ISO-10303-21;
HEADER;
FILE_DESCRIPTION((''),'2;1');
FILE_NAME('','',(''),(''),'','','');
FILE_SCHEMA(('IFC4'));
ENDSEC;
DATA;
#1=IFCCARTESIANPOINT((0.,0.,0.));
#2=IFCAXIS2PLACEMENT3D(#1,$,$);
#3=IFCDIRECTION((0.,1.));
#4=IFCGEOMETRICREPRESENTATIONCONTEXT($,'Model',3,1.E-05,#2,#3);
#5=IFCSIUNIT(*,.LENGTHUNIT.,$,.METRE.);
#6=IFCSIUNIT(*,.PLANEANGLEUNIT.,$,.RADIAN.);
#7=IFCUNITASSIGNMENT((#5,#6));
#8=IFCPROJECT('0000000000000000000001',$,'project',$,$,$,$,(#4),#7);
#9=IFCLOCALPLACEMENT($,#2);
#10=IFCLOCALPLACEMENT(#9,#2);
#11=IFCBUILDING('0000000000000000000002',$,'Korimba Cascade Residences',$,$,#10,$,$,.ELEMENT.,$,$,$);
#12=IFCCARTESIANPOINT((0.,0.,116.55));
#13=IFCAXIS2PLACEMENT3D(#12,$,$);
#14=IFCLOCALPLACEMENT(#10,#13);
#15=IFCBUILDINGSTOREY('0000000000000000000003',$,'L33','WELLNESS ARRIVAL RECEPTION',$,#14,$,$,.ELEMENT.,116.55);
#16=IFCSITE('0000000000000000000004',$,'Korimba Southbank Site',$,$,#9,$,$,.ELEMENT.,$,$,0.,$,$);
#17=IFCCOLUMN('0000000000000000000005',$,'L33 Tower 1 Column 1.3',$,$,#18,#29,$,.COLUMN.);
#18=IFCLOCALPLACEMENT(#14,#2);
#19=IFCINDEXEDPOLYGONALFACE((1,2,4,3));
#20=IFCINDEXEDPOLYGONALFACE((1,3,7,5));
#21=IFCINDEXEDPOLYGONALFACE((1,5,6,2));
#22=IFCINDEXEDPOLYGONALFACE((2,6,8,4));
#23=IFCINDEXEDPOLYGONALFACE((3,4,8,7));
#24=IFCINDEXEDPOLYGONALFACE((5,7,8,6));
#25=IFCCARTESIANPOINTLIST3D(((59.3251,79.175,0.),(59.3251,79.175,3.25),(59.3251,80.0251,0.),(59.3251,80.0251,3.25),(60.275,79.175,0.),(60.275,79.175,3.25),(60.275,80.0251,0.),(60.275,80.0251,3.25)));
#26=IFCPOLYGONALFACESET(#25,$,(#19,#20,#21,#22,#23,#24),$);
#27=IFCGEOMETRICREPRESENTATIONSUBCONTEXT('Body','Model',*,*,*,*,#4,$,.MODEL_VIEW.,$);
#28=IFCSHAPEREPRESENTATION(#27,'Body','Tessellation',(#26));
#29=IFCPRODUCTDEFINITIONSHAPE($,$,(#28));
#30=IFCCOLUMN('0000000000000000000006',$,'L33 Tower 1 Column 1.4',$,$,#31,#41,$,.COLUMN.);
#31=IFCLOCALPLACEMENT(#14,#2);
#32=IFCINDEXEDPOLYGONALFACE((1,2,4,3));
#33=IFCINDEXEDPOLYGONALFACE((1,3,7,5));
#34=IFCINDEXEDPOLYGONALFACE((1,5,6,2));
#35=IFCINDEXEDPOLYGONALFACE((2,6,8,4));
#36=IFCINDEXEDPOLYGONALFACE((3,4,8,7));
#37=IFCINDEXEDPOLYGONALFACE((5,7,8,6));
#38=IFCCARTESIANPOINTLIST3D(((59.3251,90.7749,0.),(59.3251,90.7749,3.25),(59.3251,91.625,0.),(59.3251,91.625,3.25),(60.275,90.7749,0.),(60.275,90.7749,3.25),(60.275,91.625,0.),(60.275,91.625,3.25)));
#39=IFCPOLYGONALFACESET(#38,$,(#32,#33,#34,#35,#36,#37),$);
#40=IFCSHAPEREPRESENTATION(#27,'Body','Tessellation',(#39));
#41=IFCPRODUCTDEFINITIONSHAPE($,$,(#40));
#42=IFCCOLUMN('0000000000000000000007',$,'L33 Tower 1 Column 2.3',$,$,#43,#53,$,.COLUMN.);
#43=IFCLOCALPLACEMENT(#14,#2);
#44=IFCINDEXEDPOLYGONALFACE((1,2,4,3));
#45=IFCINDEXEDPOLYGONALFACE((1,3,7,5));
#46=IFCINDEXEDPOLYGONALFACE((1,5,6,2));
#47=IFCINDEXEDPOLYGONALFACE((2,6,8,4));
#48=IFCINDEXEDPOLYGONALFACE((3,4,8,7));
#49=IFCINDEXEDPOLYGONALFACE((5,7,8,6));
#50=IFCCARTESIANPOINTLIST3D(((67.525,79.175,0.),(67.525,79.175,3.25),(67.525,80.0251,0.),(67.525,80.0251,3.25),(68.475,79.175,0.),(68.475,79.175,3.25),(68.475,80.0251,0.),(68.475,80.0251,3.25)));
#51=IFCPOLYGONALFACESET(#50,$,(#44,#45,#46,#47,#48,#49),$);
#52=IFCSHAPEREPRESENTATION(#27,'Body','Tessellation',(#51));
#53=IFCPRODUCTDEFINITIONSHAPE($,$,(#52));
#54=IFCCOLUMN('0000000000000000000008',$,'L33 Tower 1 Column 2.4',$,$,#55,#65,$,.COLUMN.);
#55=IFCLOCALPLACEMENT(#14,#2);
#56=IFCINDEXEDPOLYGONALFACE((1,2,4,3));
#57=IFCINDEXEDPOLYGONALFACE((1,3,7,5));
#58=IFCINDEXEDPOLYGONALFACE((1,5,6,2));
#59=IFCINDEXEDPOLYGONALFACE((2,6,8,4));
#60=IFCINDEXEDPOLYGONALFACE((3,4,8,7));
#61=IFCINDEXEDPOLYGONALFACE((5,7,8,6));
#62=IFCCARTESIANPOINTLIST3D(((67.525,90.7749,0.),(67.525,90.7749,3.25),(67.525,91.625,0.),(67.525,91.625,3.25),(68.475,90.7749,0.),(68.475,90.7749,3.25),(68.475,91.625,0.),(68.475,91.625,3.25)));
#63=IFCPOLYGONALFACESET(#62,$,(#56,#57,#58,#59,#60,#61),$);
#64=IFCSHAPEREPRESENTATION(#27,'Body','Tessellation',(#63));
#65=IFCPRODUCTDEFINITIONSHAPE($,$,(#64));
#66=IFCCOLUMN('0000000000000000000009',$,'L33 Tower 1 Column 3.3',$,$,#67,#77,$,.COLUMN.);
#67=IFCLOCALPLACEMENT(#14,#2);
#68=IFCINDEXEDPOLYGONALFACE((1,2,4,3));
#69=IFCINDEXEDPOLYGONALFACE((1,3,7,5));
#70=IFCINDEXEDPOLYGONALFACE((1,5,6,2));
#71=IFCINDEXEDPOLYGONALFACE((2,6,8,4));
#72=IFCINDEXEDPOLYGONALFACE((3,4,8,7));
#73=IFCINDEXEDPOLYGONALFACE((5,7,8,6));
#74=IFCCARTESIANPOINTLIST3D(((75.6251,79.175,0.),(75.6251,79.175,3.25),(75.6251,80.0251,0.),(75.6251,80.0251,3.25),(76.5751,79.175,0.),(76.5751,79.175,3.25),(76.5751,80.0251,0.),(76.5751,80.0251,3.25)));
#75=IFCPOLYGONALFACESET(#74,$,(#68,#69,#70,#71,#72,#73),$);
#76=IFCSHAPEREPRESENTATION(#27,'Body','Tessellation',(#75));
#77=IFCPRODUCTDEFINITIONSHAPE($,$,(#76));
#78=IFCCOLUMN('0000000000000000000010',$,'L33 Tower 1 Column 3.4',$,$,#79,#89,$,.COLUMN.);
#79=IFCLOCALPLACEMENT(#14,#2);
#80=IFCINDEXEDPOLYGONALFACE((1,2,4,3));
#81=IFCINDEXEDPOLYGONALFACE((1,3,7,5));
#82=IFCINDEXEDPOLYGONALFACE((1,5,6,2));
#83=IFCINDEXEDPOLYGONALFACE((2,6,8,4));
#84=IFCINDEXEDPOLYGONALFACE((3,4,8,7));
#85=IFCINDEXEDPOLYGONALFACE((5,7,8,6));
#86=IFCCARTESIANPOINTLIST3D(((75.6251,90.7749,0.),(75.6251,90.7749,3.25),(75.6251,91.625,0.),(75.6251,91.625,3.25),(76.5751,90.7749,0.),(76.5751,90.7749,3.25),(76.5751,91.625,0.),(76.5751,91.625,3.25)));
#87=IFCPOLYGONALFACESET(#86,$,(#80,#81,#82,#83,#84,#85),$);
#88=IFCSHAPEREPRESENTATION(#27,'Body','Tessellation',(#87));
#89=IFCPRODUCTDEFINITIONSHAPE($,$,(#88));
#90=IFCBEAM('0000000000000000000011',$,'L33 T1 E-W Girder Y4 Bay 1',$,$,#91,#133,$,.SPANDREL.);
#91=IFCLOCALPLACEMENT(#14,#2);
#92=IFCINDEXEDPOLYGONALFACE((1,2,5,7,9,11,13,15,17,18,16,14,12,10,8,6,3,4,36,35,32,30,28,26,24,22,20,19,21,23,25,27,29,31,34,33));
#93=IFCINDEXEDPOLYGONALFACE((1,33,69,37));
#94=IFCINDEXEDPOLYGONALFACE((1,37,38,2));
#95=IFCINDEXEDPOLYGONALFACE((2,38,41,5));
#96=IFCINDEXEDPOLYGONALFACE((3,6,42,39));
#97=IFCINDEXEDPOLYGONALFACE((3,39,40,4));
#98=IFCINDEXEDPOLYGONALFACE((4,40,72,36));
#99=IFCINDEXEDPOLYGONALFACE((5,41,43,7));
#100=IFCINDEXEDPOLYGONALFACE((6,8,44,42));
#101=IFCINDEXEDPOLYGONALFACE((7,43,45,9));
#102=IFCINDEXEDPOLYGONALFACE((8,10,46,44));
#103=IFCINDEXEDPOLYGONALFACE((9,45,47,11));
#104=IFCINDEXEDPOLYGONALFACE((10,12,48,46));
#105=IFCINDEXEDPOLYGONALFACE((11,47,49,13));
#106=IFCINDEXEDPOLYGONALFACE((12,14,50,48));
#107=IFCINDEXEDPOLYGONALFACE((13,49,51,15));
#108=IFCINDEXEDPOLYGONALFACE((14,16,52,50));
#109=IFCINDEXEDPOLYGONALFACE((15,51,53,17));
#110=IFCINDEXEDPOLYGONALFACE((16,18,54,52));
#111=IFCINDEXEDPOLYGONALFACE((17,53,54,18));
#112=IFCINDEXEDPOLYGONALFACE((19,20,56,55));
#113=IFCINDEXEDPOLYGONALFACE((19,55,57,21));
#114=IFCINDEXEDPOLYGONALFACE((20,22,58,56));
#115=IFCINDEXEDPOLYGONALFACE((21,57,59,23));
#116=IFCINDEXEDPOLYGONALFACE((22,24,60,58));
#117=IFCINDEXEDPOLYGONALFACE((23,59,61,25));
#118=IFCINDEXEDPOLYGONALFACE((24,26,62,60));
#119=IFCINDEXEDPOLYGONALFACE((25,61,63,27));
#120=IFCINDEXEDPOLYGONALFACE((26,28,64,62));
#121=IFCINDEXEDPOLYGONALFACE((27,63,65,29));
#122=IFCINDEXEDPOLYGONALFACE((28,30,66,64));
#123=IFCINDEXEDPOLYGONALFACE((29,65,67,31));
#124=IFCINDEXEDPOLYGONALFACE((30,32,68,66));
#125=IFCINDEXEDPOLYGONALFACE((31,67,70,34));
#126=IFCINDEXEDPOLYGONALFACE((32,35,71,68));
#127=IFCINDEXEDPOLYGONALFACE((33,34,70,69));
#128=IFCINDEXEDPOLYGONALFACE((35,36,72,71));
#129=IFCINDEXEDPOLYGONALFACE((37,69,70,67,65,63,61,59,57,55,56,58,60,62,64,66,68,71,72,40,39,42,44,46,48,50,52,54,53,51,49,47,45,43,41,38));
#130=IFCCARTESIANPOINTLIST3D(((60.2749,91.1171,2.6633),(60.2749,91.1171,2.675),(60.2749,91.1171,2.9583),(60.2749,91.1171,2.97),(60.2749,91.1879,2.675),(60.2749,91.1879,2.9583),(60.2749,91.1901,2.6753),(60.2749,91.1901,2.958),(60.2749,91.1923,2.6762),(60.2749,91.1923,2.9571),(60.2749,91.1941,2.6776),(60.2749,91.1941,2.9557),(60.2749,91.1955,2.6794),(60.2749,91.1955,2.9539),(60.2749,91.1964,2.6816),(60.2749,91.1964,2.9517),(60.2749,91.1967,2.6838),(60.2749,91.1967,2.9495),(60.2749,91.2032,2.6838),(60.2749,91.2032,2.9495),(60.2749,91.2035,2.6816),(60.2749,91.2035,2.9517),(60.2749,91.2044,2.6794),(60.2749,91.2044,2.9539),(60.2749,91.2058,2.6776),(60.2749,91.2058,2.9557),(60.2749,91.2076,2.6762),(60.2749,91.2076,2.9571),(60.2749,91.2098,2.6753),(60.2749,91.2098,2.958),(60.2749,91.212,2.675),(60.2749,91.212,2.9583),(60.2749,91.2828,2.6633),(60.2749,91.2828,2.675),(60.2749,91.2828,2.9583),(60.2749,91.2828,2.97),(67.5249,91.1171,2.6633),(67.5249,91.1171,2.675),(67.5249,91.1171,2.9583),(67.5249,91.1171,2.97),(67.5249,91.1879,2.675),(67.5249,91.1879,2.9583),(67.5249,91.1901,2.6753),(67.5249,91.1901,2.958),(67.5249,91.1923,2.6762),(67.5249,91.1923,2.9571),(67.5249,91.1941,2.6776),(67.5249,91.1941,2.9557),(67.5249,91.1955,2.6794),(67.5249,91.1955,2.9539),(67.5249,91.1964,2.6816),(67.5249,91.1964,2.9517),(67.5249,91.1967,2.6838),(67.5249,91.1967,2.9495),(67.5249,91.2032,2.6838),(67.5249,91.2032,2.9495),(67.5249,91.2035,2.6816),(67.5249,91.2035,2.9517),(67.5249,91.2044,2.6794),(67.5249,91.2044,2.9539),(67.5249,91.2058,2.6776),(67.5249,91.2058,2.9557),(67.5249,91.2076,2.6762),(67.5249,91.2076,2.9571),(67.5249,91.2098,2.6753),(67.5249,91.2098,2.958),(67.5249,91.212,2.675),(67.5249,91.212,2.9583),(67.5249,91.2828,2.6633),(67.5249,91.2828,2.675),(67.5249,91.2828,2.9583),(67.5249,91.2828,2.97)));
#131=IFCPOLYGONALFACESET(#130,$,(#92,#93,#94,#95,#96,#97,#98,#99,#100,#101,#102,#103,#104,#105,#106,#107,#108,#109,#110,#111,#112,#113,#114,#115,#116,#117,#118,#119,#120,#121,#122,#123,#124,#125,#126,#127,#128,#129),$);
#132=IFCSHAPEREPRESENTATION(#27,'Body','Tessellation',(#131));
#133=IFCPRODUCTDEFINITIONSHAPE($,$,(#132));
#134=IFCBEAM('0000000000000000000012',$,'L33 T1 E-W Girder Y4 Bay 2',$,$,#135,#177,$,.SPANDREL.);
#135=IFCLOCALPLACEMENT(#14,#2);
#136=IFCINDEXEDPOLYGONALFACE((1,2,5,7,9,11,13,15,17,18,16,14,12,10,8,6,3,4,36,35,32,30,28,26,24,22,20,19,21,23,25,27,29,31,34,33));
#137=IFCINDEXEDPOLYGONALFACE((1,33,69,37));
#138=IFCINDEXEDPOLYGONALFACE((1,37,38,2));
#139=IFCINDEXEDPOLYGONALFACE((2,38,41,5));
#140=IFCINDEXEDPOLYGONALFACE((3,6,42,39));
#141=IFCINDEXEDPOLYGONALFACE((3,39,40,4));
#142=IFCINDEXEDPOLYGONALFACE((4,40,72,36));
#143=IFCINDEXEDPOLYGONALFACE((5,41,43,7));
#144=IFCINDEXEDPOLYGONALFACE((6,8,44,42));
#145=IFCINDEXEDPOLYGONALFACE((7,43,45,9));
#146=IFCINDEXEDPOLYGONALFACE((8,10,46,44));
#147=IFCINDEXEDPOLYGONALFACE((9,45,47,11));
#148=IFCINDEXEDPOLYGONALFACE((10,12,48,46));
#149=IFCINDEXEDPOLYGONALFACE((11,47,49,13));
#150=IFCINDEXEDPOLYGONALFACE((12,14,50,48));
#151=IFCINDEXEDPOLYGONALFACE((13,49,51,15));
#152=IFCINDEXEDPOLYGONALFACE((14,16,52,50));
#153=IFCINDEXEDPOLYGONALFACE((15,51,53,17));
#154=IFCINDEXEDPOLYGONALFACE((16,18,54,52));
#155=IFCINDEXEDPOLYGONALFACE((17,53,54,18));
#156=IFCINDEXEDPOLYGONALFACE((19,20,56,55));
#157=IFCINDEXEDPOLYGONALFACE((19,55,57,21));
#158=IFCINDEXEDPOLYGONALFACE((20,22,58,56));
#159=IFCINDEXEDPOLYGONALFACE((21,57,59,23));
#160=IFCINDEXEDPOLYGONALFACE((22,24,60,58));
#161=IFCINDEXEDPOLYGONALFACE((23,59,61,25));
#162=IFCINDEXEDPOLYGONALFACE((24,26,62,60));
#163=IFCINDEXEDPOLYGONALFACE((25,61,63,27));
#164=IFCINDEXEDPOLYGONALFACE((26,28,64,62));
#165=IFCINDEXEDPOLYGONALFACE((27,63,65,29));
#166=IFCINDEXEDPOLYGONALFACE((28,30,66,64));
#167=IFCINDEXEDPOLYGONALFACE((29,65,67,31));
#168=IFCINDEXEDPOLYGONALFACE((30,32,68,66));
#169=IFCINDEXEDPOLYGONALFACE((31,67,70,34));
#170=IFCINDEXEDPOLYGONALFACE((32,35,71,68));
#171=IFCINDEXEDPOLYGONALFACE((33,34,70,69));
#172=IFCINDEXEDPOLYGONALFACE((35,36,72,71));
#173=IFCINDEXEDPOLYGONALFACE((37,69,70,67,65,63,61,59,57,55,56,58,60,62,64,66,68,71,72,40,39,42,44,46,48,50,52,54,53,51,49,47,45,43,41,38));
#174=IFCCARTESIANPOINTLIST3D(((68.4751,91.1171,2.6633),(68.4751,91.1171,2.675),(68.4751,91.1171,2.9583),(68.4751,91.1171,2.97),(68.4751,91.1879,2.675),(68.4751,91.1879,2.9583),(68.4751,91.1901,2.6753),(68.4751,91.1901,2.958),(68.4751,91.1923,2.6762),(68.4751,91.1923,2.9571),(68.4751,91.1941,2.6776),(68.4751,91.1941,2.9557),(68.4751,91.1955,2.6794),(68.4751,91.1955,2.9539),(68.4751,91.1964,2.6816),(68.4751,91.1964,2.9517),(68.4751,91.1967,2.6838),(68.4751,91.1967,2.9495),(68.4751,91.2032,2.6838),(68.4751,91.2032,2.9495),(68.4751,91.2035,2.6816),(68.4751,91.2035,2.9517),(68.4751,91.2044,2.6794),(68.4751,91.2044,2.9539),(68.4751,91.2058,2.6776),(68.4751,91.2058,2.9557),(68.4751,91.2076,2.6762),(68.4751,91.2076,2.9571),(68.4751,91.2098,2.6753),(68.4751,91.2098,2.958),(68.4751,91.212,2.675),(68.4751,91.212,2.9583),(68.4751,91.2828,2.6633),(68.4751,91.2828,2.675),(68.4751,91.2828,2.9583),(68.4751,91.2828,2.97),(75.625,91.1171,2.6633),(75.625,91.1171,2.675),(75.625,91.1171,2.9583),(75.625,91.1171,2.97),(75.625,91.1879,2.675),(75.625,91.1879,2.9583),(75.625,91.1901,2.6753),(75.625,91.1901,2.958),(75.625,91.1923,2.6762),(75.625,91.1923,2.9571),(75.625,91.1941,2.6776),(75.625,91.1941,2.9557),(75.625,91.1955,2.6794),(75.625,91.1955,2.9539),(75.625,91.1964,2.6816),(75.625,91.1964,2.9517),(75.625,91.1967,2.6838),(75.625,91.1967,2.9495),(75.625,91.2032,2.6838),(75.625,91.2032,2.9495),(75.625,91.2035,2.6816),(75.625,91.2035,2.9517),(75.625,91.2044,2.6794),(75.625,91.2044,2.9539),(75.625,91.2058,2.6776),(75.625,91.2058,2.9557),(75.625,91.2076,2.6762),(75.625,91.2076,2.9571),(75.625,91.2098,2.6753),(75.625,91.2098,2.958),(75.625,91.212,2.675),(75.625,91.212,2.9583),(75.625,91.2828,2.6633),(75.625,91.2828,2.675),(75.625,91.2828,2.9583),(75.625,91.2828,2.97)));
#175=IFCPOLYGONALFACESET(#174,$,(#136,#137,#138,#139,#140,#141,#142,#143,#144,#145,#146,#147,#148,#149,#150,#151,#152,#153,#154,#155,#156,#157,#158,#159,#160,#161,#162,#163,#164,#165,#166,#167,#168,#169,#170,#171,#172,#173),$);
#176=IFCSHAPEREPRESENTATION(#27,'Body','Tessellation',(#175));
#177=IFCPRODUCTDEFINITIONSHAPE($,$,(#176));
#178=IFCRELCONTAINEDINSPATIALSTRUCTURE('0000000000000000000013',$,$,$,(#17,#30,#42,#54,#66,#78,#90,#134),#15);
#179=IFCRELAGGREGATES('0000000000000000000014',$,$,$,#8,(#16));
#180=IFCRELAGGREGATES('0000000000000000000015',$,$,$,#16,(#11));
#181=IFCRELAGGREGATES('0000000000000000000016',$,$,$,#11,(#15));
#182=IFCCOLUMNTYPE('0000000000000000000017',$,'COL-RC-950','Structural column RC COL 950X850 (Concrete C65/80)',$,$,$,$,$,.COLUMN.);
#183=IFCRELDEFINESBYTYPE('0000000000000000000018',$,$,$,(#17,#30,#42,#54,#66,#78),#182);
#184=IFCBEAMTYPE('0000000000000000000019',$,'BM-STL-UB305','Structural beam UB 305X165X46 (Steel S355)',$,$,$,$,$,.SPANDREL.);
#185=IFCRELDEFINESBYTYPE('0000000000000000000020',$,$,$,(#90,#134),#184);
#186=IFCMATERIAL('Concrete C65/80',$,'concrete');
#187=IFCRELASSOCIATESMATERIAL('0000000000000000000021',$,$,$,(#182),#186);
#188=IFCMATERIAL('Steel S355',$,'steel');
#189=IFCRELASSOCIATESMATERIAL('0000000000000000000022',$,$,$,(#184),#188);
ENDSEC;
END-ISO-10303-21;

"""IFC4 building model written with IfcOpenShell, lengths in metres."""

from ifc_helpers import new_model, si_unit, direction, frame, origin, origin_2d, place, context, subcontext, project, spatial, rectangle, i_section, extrude, material, material_profile, profile_set, type_object, element, save


model = new_model("IFC4")

# Units and contexts
model_context = context("Model", 3, precision=1e-05, world=origin(), true_north=direction((0.0, 1.0)))
body_context = subcontext(model_context, "Body", "Model", "MODEL_VIEW")
ifc_project = project(units=[si_unit("LENGTHUNIT", "METRE"), si_unit("PLANEANGLEUNIT", "RADIAN")], contexts=[model_context])

# Site, building, storey
site_placement = place(None, origin())
site = spatial("IfcSite", under=ifc_project, at=site_placement, Name="Korimba Southbank Site", CompositionType="ELEMENT", RefElevation=0.0)
building_placement = place(site_placement, origin())
building = spatial("IfcBuilding", under=site, at=building_placement, Name="Korimba Cascade Residences", CompositionType="ELEMENT")
storey_placement = place(building_placement, frame((0.0, 0.0, 116.55)))
storey = spatial("IfcBuildingStorey", under=building, at=storey_placement, Name="L33", Description="WELLNESS ARRIVAL RECEPTION", CompositionType="ELEMENT", Elevation=116.55)

# Columns
ifc_material_1 = material(Name="Concrete C65/80", Category="concrete")
ifc_material_profile_1 = material_profile(ifc_material_1, rectangle(XDim=0.95, YDim=0.8501, at=origin_2d()), Name="Concrete C65/80")
ifc_profile_set_1 = profile_set([ifc_material_profile_1], Name="Concrete C65/80")
column_type = type_object("IfcColumnType", Name="COL-RC-950", Description="Structural column RC COL 950X850 (Concrete C65/80)", PredefinedType="COLUMN", material=ifc_profile_set_1)
for number, where, z_axis, x_axis, name in (
    (1, (59.8, 79.6001, 0.0), (0.0, 0.0, 1.0), (1.0, 0.0, 0.0), "L33 Tower 1 Column 1.3"),
    (2, (59.8, 91.2, 0.0), (0.0, 0.0, 1.0), (1.0, 0.0, 0.0), "L33 Tower 1 Column 1.4"),
    (3, (68.0, 79.6001, 0.0), (0.0, 0.0, 1.0), (1.0, 0.0, 0.0), "L33 Tower 1 Column 2.3"),
    (4, (68.0, 91.2, 0.0), (0.0, 0.0, 1.0), (1.0, 0.0, 0.0), "L33 Tower 1 Column 2.4"),
    (5, (76.1001, 79.6001, 0.0), (0.0, 0.0, 1.0), (1.0, 0.0, 0.0), "L33 Tower 1 Column 3.3"),
    (6, (76.1001, 91.2, 0.0), (0.0, 0.0, 1.0), (1.0, 0.0, 0.0), "L33 Tower 1 Column 3.4"),
):
    element("IfcColumn", number, at=place(storey_placement, frame(where, z_axis=z_axis, x_axis=x_axis)), inside=storey, type_object=column_type, Name=name, PredefinedType="COLUMN", context=body_context, shape_type="SweptSolid", body=[
        extrude(rectangle(XDim=0.95, YDim=0.8501, at=origin_2d()), origin(), (0.0, 0.0, 1.0), 3.25),
    ])

# Beams
ifc_material_2 = material(Name="Steel S355", Category="steel")
ifc_material_profile_2 = material_profile(ifc_material_2, i_section(OverallWidth=0.1658, OverallDepth=0.3066, WebThickness=0.0066, FlangeThickness=0.0117, FilletRadius=0.0088, at=origin_2d()), Name="Steel S355")
ifc_profile_set_2 = profile_set([ifc_material_profile_2], Name="Steel S355")
beam_type_1 = type_object("IfcBeamType", Name="BM-STL-UB305", Description="Structural beam UB 305X165X46 (Steel S355)", PredefinedType="SPANDREL", material=ifc_profile_set_2)
beam_1_placement = place(storey_placement, frame((60.2749, 91.2, 2.8167), z_axis=(1.0, 0.0, 0.0), x_axis=(0.0, 1.0, 0.0)))
element("IfcBeam", 7, at=beam_1_placement, inside=storey, type_object=beam_type_1, Name="L33 T1 E-W Girder Y4 Bay 1", PredefinedType="SPANDREL", context=body_context, shape_type="SweptSolid", body=[
    extrude(i_section(OverallWidth=0.1658, OverallDepth=0.3066, WebThickness=0.0066, FlangeThickness=0.0117, FilletRadius=0.0088, at=origin_2d()), origin(), (0.0, 0.0, 1.0), 7.25),
])
beam_2_placement = place(storey_placement, frame((68.4751, 91.2, 2.8167), z_axis=(1.0, 0.0, 0.0), x_axis=(0.0, 1.0, 0.0)))
element("IfcBeam", 8, at=beam_2_placement, inside=storey, type_object=beam_type_1, Name="L33 T1 E-W Girder Y4 Bay 2", PredefinedType="SPANDREL", context=body_context, shape_type="SweptSolid", body=[
    extrude(i_section(OverallWidth=0.1658, OverallDepth=0.3066, WebThickness=0.0066, FlangeThickness=0.0117, FilletRadius=0.0088, at=origin_2d()), origin(), (0.0, 0.0, 1.0), 7.1499),
])

save(model, "model.ifc")
